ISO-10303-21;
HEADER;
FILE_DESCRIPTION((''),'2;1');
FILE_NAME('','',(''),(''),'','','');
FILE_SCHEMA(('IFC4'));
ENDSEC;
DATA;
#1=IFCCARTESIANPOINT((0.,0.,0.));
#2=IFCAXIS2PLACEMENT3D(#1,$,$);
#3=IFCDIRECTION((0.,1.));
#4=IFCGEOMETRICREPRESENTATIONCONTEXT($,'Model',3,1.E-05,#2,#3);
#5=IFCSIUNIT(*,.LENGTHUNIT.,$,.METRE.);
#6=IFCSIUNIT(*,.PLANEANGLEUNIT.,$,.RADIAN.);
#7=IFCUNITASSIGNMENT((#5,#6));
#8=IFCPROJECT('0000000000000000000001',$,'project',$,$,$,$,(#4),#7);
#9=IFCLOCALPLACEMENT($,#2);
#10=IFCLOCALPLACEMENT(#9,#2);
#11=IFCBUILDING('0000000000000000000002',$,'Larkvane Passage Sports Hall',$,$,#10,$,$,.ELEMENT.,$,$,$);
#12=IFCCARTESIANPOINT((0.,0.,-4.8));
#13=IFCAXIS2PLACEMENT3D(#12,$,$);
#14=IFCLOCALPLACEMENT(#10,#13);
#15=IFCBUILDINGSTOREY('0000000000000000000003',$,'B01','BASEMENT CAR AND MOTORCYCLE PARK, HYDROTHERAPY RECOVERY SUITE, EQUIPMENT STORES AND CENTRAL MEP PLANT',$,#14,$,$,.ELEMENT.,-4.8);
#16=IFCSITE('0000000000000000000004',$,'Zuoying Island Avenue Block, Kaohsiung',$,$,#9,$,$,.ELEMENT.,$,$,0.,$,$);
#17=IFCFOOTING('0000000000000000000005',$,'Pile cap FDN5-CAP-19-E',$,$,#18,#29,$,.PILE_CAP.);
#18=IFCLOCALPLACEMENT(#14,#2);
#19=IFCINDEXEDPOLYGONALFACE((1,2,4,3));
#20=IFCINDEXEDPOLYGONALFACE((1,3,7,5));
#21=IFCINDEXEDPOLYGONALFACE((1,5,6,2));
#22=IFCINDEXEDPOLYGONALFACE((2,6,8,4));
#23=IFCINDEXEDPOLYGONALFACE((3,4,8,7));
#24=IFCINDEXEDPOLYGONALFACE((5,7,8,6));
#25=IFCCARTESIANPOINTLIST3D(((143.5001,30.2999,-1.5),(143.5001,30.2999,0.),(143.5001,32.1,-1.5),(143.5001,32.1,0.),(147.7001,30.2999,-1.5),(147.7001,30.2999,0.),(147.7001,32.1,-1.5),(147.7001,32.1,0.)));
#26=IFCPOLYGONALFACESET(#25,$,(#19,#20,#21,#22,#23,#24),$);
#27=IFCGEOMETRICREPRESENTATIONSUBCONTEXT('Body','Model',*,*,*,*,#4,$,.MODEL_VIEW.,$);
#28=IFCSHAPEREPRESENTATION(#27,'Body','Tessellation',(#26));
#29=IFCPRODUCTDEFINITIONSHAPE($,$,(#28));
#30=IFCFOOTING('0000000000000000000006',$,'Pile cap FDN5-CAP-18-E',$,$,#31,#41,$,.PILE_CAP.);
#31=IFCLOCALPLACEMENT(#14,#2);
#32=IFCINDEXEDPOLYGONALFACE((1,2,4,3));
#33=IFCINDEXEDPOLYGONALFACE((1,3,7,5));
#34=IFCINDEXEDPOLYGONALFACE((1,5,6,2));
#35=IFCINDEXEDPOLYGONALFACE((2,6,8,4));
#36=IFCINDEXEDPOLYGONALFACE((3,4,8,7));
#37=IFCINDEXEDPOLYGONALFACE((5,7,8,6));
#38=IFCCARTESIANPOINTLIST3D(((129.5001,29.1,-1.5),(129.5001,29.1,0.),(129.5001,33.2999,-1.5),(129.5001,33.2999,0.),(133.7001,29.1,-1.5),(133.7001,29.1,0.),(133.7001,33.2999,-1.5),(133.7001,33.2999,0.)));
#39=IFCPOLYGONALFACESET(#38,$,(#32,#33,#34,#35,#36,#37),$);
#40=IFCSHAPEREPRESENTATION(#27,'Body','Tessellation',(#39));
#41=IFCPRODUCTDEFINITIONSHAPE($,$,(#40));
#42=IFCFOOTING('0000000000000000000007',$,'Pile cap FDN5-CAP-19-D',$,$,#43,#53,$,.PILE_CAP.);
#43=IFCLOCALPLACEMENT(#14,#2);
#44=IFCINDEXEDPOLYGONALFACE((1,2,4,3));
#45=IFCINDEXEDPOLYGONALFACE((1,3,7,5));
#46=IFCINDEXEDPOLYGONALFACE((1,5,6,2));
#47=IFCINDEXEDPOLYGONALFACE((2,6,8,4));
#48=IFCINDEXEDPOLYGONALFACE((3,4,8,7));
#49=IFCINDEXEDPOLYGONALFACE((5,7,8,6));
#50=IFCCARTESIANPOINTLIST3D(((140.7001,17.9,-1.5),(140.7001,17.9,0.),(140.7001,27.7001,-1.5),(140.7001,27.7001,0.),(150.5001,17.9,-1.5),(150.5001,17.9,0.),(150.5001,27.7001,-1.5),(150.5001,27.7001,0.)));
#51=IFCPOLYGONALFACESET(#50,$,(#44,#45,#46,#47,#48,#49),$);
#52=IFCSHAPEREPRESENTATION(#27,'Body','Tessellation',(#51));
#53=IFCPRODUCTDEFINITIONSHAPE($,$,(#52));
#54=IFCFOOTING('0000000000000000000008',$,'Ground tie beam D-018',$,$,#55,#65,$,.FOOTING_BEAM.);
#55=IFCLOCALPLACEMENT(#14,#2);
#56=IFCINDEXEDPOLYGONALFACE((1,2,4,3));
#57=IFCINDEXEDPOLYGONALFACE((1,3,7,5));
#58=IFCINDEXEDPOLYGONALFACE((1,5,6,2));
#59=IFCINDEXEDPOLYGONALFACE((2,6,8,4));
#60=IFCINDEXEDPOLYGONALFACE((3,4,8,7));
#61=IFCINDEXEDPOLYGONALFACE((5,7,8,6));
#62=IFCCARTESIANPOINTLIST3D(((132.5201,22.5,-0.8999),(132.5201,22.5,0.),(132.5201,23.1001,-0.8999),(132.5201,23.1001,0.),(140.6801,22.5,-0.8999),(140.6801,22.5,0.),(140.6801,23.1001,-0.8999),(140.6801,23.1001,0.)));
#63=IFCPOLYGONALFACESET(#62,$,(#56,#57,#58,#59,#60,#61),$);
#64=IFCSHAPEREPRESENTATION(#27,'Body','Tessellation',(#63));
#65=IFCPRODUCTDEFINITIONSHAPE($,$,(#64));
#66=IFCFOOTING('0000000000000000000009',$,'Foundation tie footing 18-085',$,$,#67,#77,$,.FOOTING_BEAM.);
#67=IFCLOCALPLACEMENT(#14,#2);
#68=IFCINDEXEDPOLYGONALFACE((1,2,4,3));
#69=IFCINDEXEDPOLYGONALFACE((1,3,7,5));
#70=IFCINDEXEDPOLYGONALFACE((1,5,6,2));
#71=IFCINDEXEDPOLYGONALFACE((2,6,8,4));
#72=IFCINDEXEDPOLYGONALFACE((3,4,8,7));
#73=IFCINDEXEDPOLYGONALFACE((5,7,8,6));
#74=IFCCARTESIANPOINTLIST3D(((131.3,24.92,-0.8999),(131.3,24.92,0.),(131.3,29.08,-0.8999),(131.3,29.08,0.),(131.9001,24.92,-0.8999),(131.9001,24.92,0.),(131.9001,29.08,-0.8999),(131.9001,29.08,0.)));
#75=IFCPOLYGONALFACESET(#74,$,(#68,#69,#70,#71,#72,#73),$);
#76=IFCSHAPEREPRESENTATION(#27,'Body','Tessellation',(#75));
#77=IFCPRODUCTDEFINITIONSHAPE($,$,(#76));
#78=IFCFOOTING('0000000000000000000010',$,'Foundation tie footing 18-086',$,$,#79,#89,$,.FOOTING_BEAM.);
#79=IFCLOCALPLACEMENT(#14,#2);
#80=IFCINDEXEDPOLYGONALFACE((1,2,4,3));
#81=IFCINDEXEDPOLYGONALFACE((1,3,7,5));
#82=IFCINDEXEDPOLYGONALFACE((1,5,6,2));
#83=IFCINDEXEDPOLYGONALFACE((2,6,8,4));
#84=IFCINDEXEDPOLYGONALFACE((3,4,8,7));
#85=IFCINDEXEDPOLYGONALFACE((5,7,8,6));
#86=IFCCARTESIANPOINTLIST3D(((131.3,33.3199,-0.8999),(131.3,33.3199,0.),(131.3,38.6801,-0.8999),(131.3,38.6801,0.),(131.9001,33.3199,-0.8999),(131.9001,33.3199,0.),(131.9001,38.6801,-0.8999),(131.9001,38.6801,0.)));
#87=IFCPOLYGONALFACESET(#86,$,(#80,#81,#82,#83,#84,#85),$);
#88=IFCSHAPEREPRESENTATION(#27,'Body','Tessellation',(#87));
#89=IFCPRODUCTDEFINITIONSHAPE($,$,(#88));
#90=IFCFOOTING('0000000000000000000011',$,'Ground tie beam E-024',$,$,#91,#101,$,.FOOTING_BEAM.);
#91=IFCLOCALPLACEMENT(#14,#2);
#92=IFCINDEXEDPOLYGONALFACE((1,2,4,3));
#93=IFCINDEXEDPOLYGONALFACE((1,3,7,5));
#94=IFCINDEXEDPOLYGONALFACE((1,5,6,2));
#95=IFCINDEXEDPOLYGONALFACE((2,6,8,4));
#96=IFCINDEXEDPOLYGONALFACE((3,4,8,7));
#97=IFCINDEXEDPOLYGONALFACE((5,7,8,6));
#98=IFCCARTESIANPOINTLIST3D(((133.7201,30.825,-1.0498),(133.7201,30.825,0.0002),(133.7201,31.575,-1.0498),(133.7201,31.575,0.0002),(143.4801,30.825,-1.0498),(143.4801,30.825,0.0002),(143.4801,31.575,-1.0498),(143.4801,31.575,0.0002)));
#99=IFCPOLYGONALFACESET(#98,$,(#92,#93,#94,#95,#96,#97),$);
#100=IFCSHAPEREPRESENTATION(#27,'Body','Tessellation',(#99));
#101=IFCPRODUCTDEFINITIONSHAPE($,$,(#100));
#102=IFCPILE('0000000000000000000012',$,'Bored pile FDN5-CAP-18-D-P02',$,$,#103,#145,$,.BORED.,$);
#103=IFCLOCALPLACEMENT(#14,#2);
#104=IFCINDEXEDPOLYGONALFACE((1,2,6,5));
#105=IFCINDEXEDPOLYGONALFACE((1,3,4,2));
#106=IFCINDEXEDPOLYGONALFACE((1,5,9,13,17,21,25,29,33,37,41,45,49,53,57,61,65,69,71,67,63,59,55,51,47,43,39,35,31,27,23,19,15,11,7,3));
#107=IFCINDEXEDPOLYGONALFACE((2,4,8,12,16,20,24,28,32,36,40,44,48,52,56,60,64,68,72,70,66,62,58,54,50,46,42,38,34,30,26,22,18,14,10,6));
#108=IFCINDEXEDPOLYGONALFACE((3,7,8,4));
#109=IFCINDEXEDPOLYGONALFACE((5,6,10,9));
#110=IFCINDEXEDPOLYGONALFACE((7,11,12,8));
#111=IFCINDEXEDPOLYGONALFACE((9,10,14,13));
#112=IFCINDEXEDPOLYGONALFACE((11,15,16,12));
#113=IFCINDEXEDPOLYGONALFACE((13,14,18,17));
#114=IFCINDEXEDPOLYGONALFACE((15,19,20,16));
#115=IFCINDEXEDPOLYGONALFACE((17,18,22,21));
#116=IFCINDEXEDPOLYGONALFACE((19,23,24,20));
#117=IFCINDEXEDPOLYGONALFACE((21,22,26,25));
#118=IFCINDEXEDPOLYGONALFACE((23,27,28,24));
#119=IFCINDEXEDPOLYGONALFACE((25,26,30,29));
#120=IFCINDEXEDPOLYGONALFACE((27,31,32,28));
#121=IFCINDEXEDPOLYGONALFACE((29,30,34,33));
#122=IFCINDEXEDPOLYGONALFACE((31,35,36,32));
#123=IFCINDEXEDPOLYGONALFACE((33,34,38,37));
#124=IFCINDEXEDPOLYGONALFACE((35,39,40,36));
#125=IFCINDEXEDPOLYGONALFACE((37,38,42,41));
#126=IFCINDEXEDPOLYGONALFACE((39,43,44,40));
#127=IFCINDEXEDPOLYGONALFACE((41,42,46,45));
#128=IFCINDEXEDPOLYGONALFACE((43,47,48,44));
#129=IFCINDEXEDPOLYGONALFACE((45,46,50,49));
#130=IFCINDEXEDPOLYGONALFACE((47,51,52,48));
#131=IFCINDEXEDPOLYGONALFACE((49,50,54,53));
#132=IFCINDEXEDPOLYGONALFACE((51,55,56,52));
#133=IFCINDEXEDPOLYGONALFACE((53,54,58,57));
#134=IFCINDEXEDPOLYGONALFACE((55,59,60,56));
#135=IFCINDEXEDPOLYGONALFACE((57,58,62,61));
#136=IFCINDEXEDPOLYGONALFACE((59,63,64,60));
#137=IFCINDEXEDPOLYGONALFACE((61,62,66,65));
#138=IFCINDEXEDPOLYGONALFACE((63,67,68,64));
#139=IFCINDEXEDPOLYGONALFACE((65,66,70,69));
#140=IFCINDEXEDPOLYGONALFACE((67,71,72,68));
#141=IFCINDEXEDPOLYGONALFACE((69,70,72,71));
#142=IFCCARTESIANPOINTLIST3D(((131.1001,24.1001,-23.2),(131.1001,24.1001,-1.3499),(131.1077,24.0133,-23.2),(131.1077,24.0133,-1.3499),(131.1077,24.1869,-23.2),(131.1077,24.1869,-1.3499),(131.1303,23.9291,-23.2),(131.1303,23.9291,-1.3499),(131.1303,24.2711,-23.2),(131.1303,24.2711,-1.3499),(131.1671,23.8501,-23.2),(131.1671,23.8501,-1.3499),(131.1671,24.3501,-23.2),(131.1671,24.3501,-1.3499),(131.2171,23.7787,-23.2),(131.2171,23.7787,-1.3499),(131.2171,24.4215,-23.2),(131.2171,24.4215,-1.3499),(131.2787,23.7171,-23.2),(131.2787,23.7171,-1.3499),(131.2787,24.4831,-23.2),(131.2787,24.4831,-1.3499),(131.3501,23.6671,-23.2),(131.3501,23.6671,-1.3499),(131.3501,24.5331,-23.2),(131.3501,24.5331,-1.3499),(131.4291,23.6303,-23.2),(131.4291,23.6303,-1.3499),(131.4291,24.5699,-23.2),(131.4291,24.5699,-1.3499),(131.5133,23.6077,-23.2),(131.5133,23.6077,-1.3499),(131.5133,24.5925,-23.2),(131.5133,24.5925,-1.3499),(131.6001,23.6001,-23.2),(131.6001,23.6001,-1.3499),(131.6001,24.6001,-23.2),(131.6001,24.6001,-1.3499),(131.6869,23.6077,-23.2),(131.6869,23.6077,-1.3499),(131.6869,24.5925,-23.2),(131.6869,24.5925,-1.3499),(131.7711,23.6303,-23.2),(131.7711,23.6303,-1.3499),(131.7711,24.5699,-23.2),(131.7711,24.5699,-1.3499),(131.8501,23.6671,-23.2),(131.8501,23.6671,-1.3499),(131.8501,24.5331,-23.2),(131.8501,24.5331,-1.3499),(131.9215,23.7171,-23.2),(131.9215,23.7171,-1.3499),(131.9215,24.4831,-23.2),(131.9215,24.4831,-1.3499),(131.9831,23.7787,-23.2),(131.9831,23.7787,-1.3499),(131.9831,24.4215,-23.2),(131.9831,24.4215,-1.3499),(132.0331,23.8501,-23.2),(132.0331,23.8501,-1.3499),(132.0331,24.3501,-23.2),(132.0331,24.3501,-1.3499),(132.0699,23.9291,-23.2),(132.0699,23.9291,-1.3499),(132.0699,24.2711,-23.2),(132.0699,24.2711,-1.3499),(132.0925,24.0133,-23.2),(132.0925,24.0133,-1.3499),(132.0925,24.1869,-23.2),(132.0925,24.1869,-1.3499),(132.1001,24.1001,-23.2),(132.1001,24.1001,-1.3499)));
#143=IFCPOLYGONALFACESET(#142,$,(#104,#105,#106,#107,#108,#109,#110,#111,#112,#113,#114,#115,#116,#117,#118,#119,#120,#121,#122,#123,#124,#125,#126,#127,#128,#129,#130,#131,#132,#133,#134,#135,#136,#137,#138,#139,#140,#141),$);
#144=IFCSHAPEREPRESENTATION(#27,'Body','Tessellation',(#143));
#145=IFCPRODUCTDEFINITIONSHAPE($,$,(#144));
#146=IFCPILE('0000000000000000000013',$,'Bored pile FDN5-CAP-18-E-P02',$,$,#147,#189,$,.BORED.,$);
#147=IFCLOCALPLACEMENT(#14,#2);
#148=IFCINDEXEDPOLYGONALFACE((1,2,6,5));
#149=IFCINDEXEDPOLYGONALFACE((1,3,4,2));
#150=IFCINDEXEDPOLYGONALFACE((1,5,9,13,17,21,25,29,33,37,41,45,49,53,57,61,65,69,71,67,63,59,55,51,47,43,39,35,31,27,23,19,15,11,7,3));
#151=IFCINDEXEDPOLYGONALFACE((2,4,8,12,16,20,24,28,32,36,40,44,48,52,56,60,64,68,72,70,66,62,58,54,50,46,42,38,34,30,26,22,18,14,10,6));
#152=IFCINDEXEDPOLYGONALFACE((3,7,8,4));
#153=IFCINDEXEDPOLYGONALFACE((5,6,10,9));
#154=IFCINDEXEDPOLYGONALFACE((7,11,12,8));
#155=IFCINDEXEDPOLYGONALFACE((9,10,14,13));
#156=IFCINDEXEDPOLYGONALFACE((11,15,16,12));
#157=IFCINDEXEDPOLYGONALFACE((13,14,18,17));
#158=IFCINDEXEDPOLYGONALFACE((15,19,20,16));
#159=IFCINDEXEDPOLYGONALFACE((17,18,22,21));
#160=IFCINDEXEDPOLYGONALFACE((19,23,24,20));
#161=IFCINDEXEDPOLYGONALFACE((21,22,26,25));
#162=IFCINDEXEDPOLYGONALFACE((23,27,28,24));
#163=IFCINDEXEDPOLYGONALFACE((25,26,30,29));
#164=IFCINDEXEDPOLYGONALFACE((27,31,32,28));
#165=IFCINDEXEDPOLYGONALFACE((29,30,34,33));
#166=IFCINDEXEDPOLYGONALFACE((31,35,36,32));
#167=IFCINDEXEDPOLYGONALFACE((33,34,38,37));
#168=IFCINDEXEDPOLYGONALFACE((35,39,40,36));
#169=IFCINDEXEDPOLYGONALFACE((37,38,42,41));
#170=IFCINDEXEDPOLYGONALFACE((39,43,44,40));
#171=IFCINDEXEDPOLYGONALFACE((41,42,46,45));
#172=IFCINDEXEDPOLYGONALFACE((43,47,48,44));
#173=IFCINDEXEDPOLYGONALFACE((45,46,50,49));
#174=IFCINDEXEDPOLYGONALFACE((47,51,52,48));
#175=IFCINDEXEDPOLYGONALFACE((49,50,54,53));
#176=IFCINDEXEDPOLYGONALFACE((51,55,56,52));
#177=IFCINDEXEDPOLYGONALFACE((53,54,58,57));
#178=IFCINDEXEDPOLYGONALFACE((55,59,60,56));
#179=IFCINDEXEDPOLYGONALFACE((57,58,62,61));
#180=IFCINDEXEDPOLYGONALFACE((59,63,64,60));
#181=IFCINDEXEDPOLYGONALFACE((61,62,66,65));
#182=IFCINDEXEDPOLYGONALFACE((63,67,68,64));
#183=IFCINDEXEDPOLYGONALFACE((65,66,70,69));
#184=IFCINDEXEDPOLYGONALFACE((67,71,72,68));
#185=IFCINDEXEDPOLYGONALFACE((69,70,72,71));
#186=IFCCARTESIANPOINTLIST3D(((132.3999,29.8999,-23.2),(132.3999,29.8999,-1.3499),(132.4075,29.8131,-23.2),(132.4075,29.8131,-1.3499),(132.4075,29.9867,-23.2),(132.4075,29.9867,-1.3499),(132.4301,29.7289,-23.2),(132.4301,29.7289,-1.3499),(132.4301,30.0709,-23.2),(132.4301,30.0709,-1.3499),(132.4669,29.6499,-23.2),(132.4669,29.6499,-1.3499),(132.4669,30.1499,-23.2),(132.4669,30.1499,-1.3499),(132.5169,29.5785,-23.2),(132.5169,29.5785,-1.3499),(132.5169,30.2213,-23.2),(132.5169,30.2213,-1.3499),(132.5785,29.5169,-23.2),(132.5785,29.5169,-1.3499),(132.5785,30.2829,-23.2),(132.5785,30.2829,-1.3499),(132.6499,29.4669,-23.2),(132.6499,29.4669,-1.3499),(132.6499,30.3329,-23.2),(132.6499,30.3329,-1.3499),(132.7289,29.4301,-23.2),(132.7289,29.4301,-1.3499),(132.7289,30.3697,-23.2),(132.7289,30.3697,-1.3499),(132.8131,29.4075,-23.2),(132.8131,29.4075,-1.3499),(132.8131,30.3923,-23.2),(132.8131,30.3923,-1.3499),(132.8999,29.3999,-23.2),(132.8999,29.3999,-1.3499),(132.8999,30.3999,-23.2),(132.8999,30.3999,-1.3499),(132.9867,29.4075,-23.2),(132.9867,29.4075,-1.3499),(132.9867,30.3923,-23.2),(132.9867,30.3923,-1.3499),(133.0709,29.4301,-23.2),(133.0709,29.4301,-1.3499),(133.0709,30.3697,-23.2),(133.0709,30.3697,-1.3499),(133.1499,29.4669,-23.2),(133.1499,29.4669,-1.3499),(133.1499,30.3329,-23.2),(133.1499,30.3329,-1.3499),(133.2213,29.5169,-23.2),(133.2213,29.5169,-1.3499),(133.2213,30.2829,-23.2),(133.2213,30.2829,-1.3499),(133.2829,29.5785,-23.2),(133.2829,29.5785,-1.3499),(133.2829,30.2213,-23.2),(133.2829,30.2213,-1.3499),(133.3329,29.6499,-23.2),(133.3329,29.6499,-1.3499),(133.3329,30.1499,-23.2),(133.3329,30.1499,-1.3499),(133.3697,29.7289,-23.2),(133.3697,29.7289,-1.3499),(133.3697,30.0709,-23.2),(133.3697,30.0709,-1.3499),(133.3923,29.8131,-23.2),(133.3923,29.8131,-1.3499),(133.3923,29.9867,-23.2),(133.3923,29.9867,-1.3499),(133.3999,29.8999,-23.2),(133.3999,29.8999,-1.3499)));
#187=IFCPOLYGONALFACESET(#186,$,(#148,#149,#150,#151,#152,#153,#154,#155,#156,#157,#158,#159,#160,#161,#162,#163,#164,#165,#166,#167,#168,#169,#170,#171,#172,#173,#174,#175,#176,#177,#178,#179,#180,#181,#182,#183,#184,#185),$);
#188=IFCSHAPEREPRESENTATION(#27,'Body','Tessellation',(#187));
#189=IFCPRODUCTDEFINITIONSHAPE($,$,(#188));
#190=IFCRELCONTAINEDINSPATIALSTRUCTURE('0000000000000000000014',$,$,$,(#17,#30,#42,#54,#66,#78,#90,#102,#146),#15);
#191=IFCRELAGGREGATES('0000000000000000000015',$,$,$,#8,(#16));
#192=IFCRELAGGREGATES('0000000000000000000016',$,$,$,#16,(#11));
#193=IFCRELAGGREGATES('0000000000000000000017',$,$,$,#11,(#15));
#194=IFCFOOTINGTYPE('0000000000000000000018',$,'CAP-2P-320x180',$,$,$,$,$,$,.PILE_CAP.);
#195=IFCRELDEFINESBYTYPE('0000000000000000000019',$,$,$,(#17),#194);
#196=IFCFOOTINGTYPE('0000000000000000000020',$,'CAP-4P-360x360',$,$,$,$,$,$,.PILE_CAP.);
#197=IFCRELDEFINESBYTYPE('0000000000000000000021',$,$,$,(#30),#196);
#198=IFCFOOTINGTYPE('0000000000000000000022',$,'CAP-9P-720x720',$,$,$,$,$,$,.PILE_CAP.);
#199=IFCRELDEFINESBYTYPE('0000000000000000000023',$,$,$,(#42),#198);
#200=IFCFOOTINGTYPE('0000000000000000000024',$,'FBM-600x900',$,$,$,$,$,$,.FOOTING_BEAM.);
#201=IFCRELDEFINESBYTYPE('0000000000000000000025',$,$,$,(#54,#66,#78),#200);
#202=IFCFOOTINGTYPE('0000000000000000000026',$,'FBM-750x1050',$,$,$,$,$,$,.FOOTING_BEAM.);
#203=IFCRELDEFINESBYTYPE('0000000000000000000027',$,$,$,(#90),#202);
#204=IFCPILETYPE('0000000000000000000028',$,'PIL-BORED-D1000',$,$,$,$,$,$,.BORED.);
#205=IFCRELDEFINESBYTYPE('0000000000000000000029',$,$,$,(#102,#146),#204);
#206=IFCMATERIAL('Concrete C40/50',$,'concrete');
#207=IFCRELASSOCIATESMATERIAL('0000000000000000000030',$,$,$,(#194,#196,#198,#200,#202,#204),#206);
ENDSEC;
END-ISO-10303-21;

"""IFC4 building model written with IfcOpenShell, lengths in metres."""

from ifc_helpers import new_model, si_unit, direction, frame, origin, origin_2d, place, context, subcontext, project, spatial, rectangle, circle, extrude, material, material_profile, profile_set, type_object, element, save


model = new_model("IFC4")

# Units and contexts
model_context = context("Model", 3, precision=1e-05, world=origin(), true_north=direction((0.0, 1.0)))
body_context = subcontext(model_context, "Body", "Model", "MODEL_VIEW")
ifc_project = project(units=[si_unit("LENGTHUNIT", "METRE"), si_unit("PLANEANGLEUNIT", "RADIAN")], contexts=[model_context])

# Site, building, storey
site_placement = place(None, origin())
site = spatial("IfcSite", under=ifc_project, at=site_placement, Name="Zuoying Island Avenue Block, Kaohsiung", CompositionType="ELEMENT", RefElevation=0.0)
building_placement = place(site_placement, origin())
building = spatial("IfcBuilding", under=site, at=building_placement, Name="Larkvane Passage Sports Hall", CompositionType="ELEMENT")
storey_placement = place(building_placement, frame((0.0, 0.0, -4.8)))
storey = spatial("IfcBuildingStorey", under=building, at=storey_placement, Name="B01", Description="BASEMENT CAR AND MOTORCYCLE PARK, HYDROTHERAPY RECOVERY SUITE, EQUIPMENT STORES AND CENTRAL MEP PLANT", CompositionType="ELEMENT", Elevation=-4.8)

# Footings
ifc_material_1 = material(Name="Concrete C40/50", Category="concrete")
footing_type_1 = type_object("IfcFootingType", Name="CAP-2P-320x180", PredefinedType="PILE_CAP", material=ifc_material_1)
footing_1_placement = place(storey_placement, frame((145.6001, 31.2, -1.5), z_axis=(0.0, 0.0, 1.0), x_axis=(1.0, 0.0, 0.0)))
element("IfcFooting", 1, at=footing_1_placement, inside=storey, type_object=footing_type_1, Name="Pile cap FDN5-CAP-19-E", PredefinedType="PILE_CAP", context=body_context, shape_type="SweptSolid", body=[
    extrude(rectangle(XDim=4.2, YDim=1.8, at=origin_2d()), origin(), (0.0, 0.0, 1.0), 1.5),
])
footing_type_2 = type_object("IfcFootingType", Name="CAP-4P-360x360", PredefinedType="PILE_CAP", material=ifc_material_1)
footing_2_placement = place(storey_placement, frame((131.6001, 31.2, -1.5), z_axis=(0.0, 0.0, 1.0), x_axis=(1.0, 0.0, 0.0)))
element("IfcFooting", 2, at=footing_2_placement, inside=storey, type_object=footing_type_2, Name="Pile cap FDN5-CAP-18-E", PredefinedType="PILE_CAP", context=body_context, shape_type="SweptSolid", body=[
    extrude(rectangle(XDim=4.2, YDim=4.2, at=origin_2d()), origin(), (0.0, 0.0, 1.0), 1.5),
])
footing_type_3 = type_object("IfcFootingType", Name="CAP-9P-720x720", PredefinedType="PILE_CAP", material=ifc_material_1)
footing_3_placement = place(storey_placement, frame((145.6001, 22.8, -1.5), z_axis=(0.0, 0.0, 1.0), x_axis=(1.0, 0.0, 0.0)))
element("IfcFooting", 3, at=footing_3_placement, inside=storey, type_object=footing_type_3, Name="Pile cap FDN5-CAP-19-D", PredefinedType="PILE_CAP", context=body_context, shape_type="SweptSolid", body=[
    extrude(rectangle(XDim=9.8, YDim=9.8, at=origin_2d()), origin(), (0.0, 0.0, 1.0), 1.5),
])
footing_type_4 = type_object("IfcFootingType", Name="FBM-600x900", PredefinedType="FOOTING_BEAM", material=ifc_material_1)
footing_4_placement = place(storey_placement, frame((136.6001, 22.8, -0.8999), z_axis=(0.0, 0.0, 1.0), x_axis=(1.0, 0.0, 0.0)))
element("IfcFooting", 4, at=footing_4_placement, inside=storey, type_object=footing_type_4, Name="Ground tie beam D-018", PredefinedType="FOOTING_BEAM", context=body_context, shape_type="SweptSolid", body=[
    extrude(rectangle(XDim=8.1599, YDim=0.6001, at=origin_2d()), origin(), (0.0, 0.0, 1.0), 0.8999),
])
footing_5_placement = place(storey_placement, frame((131.6001, 27.0, -0.8999), z_axis=(0.0, 0.0, 1.0), x_axis=(1.0, 0.0, 0.0)))
element("IfcFooting", 5, at=footing_5_placement, inside=storey, type_object=footing_type_4, Name="Foundation tie footing 18-085", PredefinedType="FOOTING_BEAM", context=body_context, shape_type="SweptSolid", body=[
    extrude(rectangle(XDim=0.6001, YDim=4.1599, at=origin_2d()), origin(), (0.0, 0.0, 1.0), 0.8999),
])
footing_6_placement = place(storey_placement, frame((131.6001, 36.0, -0.8999), z_axis=(0.0, 0.0, 1.0), x_axis=(1.0, 0.0, 0.0)))
element("IfcFooting", 6, at=footing_6_placement, inside=storey, type_object=footing_type_4, Name="Foundation tie footing 18-086", PredefinedType="FOOTING_BEAM", context=body_context, shape_type="SweptSolid", body=[
    extrude(rectangle(XDim=0.6001, YDim=5.3601, at=origin_2d()), origin(), (0.0, 0.0, 1.0), 0.8999),
])
footing_type_5 = type_object("IfcFootingType", Name="FBM-750x1050", PredefinedType="FOOTING_BEAM", material=ifc_material_1)
footing_7_placement = place(storey_placement, frame((138.6001, 31.2, -1.0498), z_axis=(0.0, 0.0, 1.0), x_axis=(1.0, 0.0, 0.0)))
element("IfcFooting", 7, at=footing_7_placement, inside=storey, type_object=footing_type_5, Name="Ground tie beam E-024", PredefinedType="FOOTING_BEAM", context=body_context, shape_type="SweptSolid", body=[
    extrude(rectangle(XDim=9.76, YDim=0.75, at=origin_2d()), origin(), (0.0, 0.0, 1.0), 1.05),
])

# Piles
ifc_material_profile_1 = material_profile(ifc_material_1, circle(Radius=0.5, at=origin_2d()), Name="PILE-D1000")
ifc_profile_set_1 = profile_set([ifc_material_profile_1], Name="Concrete C40/50")
pile_type_1 = type_object("IfcPileType", Name="PIL-BORED-D1000", PredefinedType="BORED", material=ifc_profile_set_1)
for number, where, z_axis, x_axis, name in (
    (8, (131.6001, 24.1001, -1.3499), (0.0, 0.0, -1.0), (1.0, 0.0, 0.0), "Bored pile FDN5-CAP-18-D-P02"),
    (9, (132.8999, 29.8999, -1.3499), (0.0, 0.0, -1.0), (1.0, 0.0, 0.0), "Bored pile FDN5-CAP-18-E-P02"),
):
    element("IfcPile", number, at=place(storey_placement, frame(where, z_axis=z_axis, x_axis=x_axis)), inside=storey, type_object=pile_type_1, Name=name, PredefinedType="BORED", context=body_context, shape_type="SweptSolid", body=[
        extrude(circle(Radius=0.5, at=origin_2d()), origin(), (0.0, 0.0, 1.0), 21.8501),
    ])

save(model, "model.ifc")
